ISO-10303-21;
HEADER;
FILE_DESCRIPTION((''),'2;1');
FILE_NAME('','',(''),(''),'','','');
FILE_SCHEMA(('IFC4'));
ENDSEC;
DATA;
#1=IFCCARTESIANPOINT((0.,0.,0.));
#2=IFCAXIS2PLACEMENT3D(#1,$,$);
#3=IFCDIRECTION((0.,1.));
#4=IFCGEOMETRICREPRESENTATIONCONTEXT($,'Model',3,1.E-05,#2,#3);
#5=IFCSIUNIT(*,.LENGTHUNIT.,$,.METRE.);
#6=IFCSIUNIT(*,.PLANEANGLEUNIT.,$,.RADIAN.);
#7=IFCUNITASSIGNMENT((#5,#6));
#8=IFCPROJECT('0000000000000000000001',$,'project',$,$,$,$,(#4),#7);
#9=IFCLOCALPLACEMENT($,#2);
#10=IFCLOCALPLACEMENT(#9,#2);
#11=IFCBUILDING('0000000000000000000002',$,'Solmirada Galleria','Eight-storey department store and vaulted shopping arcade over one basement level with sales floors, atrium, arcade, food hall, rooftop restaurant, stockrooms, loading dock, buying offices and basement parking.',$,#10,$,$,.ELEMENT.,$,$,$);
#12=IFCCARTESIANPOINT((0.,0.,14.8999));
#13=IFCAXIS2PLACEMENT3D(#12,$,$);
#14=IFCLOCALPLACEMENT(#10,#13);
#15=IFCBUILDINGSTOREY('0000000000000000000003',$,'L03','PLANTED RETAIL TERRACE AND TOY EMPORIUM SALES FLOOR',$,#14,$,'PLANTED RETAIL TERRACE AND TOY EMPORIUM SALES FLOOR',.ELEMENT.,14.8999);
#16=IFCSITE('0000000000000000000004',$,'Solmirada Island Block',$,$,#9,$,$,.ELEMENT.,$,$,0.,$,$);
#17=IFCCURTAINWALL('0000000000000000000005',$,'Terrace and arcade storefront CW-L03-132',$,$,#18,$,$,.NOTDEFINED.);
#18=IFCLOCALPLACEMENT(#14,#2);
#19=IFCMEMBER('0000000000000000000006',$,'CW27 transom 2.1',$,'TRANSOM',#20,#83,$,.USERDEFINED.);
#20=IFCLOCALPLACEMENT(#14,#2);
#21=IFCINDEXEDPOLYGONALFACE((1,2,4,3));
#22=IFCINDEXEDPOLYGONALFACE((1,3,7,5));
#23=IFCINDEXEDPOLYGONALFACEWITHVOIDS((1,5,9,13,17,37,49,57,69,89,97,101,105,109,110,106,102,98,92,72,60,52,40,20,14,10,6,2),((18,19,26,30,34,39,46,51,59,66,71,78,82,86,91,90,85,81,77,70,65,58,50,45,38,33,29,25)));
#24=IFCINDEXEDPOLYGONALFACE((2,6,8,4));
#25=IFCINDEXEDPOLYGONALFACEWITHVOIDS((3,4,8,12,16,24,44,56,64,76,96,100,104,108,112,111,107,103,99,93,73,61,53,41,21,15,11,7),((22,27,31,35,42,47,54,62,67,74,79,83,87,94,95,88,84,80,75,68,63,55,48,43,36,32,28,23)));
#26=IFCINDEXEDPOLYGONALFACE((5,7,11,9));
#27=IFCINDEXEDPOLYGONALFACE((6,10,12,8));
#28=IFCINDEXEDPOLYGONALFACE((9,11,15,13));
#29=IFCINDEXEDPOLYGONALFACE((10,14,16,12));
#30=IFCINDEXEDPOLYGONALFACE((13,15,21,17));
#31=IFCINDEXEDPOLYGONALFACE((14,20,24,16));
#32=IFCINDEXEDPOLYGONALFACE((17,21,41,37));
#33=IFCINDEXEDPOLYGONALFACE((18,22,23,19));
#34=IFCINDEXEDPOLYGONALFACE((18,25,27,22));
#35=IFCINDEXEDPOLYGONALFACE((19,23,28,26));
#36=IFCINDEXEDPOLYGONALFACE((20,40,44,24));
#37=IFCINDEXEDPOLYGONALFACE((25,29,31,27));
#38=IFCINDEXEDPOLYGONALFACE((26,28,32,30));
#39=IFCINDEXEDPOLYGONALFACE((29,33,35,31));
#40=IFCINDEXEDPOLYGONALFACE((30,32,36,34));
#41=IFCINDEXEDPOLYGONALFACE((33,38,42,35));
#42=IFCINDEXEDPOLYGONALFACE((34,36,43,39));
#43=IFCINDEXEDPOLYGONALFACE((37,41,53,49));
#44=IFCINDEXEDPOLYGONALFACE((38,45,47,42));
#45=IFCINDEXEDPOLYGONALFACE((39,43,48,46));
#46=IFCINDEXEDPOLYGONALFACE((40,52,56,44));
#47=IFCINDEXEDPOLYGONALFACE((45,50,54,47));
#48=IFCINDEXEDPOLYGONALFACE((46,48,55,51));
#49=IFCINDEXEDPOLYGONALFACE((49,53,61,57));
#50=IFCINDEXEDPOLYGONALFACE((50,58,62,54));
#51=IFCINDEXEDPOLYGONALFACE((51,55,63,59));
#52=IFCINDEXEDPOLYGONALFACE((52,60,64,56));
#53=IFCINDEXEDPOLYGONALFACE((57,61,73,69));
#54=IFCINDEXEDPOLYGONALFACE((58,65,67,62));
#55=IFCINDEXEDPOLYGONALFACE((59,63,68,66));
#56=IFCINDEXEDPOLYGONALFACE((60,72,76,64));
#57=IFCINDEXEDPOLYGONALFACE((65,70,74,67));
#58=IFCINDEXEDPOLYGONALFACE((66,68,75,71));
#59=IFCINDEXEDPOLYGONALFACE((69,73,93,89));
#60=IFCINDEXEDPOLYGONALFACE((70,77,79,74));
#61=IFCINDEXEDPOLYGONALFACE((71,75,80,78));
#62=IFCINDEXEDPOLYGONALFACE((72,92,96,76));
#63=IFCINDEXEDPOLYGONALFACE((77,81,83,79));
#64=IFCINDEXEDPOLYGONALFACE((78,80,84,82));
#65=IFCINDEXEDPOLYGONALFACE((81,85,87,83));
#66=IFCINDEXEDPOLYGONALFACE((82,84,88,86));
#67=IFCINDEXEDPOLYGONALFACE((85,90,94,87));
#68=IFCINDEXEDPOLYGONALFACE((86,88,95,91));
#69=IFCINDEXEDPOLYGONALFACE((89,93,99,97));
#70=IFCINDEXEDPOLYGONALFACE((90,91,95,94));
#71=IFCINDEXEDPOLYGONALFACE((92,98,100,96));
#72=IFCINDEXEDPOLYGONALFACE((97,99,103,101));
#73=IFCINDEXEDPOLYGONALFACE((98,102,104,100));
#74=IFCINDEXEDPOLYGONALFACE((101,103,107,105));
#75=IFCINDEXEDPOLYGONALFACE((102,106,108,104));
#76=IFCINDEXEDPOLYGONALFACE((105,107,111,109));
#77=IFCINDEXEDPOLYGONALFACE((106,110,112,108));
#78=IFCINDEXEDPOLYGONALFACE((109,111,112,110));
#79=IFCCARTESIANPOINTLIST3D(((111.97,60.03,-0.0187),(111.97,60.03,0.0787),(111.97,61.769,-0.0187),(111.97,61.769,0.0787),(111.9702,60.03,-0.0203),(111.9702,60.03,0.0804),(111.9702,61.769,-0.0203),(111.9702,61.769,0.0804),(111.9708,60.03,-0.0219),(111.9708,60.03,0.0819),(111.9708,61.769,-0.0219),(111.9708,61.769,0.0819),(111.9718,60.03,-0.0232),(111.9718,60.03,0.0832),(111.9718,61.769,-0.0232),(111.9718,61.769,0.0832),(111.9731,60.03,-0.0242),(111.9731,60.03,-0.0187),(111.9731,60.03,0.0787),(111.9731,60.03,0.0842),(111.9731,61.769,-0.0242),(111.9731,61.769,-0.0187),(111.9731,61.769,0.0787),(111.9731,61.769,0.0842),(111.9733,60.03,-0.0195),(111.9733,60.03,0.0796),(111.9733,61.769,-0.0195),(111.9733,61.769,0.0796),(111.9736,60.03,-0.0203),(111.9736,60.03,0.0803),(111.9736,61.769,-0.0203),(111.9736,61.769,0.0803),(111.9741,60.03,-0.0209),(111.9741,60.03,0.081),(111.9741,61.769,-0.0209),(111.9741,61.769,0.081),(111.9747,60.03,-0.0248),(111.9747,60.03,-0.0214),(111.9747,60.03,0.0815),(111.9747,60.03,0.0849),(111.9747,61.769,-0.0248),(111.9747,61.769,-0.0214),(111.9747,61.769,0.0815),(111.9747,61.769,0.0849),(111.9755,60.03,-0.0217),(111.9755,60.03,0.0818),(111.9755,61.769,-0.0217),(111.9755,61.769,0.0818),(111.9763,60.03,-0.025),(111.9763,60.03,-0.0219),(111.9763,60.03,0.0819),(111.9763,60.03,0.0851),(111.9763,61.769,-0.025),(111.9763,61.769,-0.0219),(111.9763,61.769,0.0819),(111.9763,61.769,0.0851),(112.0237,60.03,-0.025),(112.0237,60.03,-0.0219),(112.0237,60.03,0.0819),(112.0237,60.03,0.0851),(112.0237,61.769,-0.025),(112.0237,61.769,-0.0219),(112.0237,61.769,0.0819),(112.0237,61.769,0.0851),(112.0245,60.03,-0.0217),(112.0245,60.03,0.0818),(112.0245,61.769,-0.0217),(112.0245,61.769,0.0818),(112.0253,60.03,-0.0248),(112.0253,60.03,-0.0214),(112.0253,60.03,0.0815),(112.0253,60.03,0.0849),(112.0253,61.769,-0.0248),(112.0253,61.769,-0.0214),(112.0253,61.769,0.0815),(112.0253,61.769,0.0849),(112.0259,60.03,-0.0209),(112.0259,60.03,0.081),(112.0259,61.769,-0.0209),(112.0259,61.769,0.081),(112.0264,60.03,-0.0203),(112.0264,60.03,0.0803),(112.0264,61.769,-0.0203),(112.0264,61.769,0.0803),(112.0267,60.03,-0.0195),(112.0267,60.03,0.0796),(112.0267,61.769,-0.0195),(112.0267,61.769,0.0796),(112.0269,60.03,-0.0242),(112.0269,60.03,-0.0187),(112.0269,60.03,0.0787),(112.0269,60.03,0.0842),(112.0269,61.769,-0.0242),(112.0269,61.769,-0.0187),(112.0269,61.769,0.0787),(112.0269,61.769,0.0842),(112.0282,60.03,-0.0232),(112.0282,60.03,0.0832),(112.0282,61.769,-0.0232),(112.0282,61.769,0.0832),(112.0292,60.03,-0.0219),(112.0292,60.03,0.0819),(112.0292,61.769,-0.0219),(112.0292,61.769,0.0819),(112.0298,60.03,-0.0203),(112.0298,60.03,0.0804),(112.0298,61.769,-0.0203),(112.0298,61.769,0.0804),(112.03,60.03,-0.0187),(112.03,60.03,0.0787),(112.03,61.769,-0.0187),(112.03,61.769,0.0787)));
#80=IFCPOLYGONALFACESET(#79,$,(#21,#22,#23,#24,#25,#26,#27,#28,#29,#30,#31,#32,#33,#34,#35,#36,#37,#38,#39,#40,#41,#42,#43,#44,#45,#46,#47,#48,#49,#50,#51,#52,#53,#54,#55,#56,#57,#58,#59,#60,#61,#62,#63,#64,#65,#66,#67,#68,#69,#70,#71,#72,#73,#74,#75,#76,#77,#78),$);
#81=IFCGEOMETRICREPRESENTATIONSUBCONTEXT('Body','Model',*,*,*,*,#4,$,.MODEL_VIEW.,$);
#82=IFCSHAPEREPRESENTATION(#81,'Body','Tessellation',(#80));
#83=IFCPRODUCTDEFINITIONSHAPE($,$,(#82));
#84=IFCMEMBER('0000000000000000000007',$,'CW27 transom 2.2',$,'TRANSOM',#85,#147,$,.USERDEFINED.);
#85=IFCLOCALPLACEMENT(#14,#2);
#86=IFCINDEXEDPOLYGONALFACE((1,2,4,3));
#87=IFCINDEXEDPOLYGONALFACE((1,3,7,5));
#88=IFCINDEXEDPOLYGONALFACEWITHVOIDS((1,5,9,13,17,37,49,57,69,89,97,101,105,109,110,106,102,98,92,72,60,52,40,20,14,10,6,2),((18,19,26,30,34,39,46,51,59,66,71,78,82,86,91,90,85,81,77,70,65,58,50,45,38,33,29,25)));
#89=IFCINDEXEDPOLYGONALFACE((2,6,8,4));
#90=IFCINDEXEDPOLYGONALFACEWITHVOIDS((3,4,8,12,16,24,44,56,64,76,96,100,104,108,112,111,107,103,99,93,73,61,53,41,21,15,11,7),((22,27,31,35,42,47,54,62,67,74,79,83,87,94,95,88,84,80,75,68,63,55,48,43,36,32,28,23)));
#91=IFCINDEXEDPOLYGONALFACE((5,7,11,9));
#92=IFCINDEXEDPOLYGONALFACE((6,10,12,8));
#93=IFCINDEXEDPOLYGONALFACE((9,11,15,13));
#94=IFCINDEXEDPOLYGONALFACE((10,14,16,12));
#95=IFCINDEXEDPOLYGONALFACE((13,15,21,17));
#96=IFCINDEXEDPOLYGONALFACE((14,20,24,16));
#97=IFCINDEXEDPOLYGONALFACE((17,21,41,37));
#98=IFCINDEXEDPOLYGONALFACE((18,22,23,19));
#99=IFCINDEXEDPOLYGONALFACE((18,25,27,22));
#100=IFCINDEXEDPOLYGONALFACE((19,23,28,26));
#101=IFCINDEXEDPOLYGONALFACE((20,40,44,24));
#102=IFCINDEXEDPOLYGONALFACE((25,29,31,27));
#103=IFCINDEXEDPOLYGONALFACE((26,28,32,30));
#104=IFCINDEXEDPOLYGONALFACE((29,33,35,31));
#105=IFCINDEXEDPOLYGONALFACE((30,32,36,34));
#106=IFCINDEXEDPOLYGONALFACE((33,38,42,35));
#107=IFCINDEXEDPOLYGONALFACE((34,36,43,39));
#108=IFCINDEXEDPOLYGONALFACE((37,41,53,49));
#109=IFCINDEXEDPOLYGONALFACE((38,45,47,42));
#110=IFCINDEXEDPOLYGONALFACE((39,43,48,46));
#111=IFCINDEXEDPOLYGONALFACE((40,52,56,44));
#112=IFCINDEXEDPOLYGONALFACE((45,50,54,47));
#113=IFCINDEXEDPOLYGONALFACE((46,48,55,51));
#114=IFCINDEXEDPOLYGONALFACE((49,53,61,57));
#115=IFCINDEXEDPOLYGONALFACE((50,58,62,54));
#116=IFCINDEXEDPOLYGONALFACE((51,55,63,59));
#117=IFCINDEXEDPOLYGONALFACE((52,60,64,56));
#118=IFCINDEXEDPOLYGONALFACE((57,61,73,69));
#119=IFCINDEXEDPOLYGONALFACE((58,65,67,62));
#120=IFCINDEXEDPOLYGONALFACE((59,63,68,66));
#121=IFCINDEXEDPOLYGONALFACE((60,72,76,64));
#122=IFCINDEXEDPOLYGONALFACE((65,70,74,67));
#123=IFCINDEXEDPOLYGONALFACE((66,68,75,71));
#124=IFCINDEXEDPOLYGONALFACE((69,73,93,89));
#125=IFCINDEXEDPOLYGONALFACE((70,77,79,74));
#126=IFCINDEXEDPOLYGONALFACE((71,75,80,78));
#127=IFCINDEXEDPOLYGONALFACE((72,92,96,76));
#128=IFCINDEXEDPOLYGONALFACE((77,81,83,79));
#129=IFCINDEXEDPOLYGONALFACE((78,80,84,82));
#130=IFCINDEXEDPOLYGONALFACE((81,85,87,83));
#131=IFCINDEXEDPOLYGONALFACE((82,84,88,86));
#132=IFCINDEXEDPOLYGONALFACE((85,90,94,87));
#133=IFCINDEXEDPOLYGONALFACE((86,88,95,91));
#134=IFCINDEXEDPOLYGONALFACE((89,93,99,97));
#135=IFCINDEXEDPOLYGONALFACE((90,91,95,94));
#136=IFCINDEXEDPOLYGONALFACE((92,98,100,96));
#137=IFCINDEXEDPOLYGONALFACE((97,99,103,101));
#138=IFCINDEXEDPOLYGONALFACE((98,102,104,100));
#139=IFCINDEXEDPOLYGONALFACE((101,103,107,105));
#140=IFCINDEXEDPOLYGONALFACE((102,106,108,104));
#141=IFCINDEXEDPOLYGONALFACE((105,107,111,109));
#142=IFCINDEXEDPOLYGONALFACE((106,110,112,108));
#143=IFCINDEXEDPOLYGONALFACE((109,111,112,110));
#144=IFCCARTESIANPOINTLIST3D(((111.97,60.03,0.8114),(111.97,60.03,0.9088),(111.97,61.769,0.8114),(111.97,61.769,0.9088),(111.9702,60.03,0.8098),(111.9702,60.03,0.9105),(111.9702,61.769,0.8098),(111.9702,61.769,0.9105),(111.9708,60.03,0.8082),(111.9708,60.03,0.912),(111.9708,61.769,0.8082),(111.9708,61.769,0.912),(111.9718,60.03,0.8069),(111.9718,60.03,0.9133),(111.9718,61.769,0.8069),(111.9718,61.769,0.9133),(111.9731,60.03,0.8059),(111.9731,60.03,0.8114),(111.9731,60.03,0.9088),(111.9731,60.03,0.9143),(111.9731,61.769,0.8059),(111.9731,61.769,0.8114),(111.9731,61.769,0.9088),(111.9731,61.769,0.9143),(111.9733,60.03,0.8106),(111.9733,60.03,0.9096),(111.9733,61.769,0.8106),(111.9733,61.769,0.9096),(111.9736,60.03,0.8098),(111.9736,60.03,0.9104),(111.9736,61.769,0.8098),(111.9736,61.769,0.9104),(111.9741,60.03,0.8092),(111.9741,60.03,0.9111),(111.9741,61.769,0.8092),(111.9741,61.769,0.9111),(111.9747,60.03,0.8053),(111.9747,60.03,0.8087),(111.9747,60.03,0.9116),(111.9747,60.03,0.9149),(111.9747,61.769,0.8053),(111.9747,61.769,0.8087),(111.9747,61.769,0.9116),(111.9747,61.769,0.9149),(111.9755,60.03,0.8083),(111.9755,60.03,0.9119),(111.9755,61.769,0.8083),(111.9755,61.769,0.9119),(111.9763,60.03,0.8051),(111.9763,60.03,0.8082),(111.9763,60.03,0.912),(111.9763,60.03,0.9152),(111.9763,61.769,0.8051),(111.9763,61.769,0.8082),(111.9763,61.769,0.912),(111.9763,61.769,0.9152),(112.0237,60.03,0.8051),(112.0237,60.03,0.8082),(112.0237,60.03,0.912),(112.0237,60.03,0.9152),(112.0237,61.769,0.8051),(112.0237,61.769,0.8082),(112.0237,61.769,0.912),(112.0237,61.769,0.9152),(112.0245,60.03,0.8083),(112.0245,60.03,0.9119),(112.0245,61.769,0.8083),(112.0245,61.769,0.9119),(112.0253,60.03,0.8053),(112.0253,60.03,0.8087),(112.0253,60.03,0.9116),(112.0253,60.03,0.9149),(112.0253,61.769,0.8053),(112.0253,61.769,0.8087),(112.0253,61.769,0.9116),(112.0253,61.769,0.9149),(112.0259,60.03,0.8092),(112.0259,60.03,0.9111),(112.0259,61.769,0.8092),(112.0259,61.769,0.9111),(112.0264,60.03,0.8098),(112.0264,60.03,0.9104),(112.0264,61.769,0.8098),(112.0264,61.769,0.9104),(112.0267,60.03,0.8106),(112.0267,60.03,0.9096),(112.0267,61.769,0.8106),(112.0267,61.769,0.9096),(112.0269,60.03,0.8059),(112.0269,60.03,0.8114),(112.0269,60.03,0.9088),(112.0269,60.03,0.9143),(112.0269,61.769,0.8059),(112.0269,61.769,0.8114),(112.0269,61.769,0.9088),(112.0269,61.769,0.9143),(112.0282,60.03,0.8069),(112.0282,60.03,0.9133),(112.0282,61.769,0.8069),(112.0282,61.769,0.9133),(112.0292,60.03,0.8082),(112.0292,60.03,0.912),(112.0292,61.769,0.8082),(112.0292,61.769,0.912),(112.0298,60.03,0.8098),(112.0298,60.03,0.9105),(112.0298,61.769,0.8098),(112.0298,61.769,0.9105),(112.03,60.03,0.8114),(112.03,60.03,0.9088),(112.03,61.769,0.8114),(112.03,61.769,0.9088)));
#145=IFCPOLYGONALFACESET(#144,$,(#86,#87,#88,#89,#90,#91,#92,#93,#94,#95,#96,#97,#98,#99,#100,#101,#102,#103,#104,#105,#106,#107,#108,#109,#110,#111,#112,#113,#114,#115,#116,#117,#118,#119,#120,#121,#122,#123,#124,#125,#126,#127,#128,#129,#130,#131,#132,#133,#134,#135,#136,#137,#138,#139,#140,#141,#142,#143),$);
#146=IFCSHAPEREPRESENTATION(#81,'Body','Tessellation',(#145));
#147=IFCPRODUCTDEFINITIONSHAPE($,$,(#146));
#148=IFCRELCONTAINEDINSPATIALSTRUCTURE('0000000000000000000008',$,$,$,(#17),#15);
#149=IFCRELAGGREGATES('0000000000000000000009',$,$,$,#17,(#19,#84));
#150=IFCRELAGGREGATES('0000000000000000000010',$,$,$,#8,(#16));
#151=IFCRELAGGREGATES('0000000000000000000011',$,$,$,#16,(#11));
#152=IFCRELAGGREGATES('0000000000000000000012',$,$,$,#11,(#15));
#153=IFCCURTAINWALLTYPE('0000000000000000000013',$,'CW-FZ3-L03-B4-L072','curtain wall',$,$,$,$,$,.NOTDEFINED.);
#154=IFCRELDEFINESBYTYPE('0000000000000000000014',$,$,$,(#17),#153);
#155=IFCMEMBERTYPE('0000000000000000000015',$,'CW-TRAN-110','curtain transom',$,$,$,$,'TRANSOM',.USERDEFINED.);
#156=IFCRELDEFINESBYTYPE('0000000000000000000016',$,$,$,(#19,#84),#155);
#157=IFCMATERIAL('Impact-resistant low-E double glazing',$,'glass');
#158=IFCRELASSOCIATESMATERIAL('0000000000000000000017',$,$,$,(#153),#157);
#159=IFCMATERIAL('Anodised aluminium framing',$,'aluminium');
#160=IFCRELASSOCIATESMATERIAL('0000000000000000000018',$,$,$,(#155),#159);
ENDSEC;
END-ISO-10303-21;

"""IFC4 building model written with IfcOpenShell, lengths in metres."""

from ifc_helpers import new_model, si_unit, direction, frame, origin, origin_2d, place, context, subcontext, project, spatial, hollow_rectangle, extrude, material, material_profile, profile_set, type_object, element, aggregate, save


model = new_model("IFC4")

# Units and contexts
model_context = context("Model", 3, precision=1e-05, world=origin(), true_north=direction((0.0, 1.0)))
body_context = subcontext(model_context, "Body", "Model", "MODEL_VIEW")
ifc_project = project(units=[si_unit("LENGTHUNIT", "METRE"), si_unit("PLANEANGLEUNIT", "RADIAN")], contexts=[model_context])

# Site, building, storey
site_placement = place(None, origin())
site = spatial("IfcSite", under=ifc_project, at=site_placement, Name="Solmirada Island Block", CompositionType="ELEMENT", RefElevation=0.0)
building_placement = place(site_placement, origin())
building = spatial("IfcBuilding", under=site, at=building_placement, Name="Solmirada Galleria", Description="Eight-storey department store and vaulted shopping arcade over one basement level with sales floors, atrium, arcade, food hall, rooftop restaurant, stockrooms, loading dock, buying offices and basement parking.", CompositionType="ELEMENT")
storey_placement = place(building_placement, frame((0.0, 0.0, 14.8999)))
storey = spatial("IfcBuildingStorey", under=building, at=storey_placement, Name="L03", Description="PLANTED RETAIL TERRACE AND TOY EMPORIUM SALES FLOOR", LongName="PLANTED RETAIL TERRACE AND TOY EMPORIUM SALES FLOOR", CompositionType="ELEMENT", Elevation=14.8999)

# Curtain wall, members
ifc_material_1 = material(Name="Impact-resistant low-E double glazing", Category="glass")
curtain_wall_type = type_object("IfcCurtainWallType", Name="CW-FZ3-L03-B4-L072", Description="curtain wall", PredefinedType="NOTDEFINED", material=ifc_material_1)
curtain_wall_placement = place(storey_placement, origin())
curtain_wall = element("IfcCurtainWall", 1, at=curtain_wall_placement, inside=storey, type_object=curtain_wall_type, Name="Terrace and arcade storefront CW-L03-132", PredefinedType="NOTDEFINED")
ifc_material_2 = material(Name="Anodised aluminium framing", Category="aluminium")
ifc_material_profile_1 = material_profile(ifc_material_2, hollow_rectangle(XDim=0.0601, YDim=0.1101, WallThickness=0.0032, InnerFilletRadius=0.0032, OuterFilletRadius=0.0063, at=origin_2d()), Name="ALU-TRAN-110X60")
ifc_profile_set_1 = profile_set([ifc_material_profile_1], Name="Anodised aluminium framing")
member_type_1 = type_object("IfcMemberType", Name="CW-TRAN-110", Description="curtain transom", ElementType="TRANSOM", PredefinedType="USERDEFINED", material=ifc_profile_set_1)
member_1_placement = place(storey_placement, frame((112.0, 61.769, 0.03), z_axis=(0.0, -1.0, 0.0), x_axis=(1.0, 0.0, 0.0)))
member_1 = element("IfcMember", 2, at=member_1_placement, type_object=member_type_1, Name="CW27 transom 2.1", ObjectType="TRANSOM", PredefinedType="USERDEFINED", context=body_context, shape_type="SweptSolid", body=[
    extrude(hollow_rectangle(XDim=0.0601, YDim=0.1101, WallThickness=0.0032, InnerFilletRadius=0.0032, OuterFilletRadius=0.0063, at=origin_2d()), origin(), (0.0, 0.0, 1.0), 1.739),
])
member_2_placement = place(storey_placement, frame((112.0, 61.769, 0.8601), z_axis=(0.0, -1.0, 0.0), x_axis=(1.0, 0.0, 0.0)))
member_2 = element("IfcMember", 3, at=member_2_placement, type_object=member_type_1, Name="CW27 transom 2.2", ObjectType="TRANSOM", PredefinedType="USERDEFINED", context=body_context, shape_type="SweptSolid", body=[
    extrude(hollow_rectangle(XDim=0.0601, YDim=0.1101, WallThickness=0.0032, InnerFilletRadius=0.0032, OuterFilletRadius=0.0063, at=origin_2d()), origin(), (0.0, 0.0, 1.0), 1.739),
])
aggregate(curtain_wall, [member_1, member_2])

save(model, "model.ifc")
